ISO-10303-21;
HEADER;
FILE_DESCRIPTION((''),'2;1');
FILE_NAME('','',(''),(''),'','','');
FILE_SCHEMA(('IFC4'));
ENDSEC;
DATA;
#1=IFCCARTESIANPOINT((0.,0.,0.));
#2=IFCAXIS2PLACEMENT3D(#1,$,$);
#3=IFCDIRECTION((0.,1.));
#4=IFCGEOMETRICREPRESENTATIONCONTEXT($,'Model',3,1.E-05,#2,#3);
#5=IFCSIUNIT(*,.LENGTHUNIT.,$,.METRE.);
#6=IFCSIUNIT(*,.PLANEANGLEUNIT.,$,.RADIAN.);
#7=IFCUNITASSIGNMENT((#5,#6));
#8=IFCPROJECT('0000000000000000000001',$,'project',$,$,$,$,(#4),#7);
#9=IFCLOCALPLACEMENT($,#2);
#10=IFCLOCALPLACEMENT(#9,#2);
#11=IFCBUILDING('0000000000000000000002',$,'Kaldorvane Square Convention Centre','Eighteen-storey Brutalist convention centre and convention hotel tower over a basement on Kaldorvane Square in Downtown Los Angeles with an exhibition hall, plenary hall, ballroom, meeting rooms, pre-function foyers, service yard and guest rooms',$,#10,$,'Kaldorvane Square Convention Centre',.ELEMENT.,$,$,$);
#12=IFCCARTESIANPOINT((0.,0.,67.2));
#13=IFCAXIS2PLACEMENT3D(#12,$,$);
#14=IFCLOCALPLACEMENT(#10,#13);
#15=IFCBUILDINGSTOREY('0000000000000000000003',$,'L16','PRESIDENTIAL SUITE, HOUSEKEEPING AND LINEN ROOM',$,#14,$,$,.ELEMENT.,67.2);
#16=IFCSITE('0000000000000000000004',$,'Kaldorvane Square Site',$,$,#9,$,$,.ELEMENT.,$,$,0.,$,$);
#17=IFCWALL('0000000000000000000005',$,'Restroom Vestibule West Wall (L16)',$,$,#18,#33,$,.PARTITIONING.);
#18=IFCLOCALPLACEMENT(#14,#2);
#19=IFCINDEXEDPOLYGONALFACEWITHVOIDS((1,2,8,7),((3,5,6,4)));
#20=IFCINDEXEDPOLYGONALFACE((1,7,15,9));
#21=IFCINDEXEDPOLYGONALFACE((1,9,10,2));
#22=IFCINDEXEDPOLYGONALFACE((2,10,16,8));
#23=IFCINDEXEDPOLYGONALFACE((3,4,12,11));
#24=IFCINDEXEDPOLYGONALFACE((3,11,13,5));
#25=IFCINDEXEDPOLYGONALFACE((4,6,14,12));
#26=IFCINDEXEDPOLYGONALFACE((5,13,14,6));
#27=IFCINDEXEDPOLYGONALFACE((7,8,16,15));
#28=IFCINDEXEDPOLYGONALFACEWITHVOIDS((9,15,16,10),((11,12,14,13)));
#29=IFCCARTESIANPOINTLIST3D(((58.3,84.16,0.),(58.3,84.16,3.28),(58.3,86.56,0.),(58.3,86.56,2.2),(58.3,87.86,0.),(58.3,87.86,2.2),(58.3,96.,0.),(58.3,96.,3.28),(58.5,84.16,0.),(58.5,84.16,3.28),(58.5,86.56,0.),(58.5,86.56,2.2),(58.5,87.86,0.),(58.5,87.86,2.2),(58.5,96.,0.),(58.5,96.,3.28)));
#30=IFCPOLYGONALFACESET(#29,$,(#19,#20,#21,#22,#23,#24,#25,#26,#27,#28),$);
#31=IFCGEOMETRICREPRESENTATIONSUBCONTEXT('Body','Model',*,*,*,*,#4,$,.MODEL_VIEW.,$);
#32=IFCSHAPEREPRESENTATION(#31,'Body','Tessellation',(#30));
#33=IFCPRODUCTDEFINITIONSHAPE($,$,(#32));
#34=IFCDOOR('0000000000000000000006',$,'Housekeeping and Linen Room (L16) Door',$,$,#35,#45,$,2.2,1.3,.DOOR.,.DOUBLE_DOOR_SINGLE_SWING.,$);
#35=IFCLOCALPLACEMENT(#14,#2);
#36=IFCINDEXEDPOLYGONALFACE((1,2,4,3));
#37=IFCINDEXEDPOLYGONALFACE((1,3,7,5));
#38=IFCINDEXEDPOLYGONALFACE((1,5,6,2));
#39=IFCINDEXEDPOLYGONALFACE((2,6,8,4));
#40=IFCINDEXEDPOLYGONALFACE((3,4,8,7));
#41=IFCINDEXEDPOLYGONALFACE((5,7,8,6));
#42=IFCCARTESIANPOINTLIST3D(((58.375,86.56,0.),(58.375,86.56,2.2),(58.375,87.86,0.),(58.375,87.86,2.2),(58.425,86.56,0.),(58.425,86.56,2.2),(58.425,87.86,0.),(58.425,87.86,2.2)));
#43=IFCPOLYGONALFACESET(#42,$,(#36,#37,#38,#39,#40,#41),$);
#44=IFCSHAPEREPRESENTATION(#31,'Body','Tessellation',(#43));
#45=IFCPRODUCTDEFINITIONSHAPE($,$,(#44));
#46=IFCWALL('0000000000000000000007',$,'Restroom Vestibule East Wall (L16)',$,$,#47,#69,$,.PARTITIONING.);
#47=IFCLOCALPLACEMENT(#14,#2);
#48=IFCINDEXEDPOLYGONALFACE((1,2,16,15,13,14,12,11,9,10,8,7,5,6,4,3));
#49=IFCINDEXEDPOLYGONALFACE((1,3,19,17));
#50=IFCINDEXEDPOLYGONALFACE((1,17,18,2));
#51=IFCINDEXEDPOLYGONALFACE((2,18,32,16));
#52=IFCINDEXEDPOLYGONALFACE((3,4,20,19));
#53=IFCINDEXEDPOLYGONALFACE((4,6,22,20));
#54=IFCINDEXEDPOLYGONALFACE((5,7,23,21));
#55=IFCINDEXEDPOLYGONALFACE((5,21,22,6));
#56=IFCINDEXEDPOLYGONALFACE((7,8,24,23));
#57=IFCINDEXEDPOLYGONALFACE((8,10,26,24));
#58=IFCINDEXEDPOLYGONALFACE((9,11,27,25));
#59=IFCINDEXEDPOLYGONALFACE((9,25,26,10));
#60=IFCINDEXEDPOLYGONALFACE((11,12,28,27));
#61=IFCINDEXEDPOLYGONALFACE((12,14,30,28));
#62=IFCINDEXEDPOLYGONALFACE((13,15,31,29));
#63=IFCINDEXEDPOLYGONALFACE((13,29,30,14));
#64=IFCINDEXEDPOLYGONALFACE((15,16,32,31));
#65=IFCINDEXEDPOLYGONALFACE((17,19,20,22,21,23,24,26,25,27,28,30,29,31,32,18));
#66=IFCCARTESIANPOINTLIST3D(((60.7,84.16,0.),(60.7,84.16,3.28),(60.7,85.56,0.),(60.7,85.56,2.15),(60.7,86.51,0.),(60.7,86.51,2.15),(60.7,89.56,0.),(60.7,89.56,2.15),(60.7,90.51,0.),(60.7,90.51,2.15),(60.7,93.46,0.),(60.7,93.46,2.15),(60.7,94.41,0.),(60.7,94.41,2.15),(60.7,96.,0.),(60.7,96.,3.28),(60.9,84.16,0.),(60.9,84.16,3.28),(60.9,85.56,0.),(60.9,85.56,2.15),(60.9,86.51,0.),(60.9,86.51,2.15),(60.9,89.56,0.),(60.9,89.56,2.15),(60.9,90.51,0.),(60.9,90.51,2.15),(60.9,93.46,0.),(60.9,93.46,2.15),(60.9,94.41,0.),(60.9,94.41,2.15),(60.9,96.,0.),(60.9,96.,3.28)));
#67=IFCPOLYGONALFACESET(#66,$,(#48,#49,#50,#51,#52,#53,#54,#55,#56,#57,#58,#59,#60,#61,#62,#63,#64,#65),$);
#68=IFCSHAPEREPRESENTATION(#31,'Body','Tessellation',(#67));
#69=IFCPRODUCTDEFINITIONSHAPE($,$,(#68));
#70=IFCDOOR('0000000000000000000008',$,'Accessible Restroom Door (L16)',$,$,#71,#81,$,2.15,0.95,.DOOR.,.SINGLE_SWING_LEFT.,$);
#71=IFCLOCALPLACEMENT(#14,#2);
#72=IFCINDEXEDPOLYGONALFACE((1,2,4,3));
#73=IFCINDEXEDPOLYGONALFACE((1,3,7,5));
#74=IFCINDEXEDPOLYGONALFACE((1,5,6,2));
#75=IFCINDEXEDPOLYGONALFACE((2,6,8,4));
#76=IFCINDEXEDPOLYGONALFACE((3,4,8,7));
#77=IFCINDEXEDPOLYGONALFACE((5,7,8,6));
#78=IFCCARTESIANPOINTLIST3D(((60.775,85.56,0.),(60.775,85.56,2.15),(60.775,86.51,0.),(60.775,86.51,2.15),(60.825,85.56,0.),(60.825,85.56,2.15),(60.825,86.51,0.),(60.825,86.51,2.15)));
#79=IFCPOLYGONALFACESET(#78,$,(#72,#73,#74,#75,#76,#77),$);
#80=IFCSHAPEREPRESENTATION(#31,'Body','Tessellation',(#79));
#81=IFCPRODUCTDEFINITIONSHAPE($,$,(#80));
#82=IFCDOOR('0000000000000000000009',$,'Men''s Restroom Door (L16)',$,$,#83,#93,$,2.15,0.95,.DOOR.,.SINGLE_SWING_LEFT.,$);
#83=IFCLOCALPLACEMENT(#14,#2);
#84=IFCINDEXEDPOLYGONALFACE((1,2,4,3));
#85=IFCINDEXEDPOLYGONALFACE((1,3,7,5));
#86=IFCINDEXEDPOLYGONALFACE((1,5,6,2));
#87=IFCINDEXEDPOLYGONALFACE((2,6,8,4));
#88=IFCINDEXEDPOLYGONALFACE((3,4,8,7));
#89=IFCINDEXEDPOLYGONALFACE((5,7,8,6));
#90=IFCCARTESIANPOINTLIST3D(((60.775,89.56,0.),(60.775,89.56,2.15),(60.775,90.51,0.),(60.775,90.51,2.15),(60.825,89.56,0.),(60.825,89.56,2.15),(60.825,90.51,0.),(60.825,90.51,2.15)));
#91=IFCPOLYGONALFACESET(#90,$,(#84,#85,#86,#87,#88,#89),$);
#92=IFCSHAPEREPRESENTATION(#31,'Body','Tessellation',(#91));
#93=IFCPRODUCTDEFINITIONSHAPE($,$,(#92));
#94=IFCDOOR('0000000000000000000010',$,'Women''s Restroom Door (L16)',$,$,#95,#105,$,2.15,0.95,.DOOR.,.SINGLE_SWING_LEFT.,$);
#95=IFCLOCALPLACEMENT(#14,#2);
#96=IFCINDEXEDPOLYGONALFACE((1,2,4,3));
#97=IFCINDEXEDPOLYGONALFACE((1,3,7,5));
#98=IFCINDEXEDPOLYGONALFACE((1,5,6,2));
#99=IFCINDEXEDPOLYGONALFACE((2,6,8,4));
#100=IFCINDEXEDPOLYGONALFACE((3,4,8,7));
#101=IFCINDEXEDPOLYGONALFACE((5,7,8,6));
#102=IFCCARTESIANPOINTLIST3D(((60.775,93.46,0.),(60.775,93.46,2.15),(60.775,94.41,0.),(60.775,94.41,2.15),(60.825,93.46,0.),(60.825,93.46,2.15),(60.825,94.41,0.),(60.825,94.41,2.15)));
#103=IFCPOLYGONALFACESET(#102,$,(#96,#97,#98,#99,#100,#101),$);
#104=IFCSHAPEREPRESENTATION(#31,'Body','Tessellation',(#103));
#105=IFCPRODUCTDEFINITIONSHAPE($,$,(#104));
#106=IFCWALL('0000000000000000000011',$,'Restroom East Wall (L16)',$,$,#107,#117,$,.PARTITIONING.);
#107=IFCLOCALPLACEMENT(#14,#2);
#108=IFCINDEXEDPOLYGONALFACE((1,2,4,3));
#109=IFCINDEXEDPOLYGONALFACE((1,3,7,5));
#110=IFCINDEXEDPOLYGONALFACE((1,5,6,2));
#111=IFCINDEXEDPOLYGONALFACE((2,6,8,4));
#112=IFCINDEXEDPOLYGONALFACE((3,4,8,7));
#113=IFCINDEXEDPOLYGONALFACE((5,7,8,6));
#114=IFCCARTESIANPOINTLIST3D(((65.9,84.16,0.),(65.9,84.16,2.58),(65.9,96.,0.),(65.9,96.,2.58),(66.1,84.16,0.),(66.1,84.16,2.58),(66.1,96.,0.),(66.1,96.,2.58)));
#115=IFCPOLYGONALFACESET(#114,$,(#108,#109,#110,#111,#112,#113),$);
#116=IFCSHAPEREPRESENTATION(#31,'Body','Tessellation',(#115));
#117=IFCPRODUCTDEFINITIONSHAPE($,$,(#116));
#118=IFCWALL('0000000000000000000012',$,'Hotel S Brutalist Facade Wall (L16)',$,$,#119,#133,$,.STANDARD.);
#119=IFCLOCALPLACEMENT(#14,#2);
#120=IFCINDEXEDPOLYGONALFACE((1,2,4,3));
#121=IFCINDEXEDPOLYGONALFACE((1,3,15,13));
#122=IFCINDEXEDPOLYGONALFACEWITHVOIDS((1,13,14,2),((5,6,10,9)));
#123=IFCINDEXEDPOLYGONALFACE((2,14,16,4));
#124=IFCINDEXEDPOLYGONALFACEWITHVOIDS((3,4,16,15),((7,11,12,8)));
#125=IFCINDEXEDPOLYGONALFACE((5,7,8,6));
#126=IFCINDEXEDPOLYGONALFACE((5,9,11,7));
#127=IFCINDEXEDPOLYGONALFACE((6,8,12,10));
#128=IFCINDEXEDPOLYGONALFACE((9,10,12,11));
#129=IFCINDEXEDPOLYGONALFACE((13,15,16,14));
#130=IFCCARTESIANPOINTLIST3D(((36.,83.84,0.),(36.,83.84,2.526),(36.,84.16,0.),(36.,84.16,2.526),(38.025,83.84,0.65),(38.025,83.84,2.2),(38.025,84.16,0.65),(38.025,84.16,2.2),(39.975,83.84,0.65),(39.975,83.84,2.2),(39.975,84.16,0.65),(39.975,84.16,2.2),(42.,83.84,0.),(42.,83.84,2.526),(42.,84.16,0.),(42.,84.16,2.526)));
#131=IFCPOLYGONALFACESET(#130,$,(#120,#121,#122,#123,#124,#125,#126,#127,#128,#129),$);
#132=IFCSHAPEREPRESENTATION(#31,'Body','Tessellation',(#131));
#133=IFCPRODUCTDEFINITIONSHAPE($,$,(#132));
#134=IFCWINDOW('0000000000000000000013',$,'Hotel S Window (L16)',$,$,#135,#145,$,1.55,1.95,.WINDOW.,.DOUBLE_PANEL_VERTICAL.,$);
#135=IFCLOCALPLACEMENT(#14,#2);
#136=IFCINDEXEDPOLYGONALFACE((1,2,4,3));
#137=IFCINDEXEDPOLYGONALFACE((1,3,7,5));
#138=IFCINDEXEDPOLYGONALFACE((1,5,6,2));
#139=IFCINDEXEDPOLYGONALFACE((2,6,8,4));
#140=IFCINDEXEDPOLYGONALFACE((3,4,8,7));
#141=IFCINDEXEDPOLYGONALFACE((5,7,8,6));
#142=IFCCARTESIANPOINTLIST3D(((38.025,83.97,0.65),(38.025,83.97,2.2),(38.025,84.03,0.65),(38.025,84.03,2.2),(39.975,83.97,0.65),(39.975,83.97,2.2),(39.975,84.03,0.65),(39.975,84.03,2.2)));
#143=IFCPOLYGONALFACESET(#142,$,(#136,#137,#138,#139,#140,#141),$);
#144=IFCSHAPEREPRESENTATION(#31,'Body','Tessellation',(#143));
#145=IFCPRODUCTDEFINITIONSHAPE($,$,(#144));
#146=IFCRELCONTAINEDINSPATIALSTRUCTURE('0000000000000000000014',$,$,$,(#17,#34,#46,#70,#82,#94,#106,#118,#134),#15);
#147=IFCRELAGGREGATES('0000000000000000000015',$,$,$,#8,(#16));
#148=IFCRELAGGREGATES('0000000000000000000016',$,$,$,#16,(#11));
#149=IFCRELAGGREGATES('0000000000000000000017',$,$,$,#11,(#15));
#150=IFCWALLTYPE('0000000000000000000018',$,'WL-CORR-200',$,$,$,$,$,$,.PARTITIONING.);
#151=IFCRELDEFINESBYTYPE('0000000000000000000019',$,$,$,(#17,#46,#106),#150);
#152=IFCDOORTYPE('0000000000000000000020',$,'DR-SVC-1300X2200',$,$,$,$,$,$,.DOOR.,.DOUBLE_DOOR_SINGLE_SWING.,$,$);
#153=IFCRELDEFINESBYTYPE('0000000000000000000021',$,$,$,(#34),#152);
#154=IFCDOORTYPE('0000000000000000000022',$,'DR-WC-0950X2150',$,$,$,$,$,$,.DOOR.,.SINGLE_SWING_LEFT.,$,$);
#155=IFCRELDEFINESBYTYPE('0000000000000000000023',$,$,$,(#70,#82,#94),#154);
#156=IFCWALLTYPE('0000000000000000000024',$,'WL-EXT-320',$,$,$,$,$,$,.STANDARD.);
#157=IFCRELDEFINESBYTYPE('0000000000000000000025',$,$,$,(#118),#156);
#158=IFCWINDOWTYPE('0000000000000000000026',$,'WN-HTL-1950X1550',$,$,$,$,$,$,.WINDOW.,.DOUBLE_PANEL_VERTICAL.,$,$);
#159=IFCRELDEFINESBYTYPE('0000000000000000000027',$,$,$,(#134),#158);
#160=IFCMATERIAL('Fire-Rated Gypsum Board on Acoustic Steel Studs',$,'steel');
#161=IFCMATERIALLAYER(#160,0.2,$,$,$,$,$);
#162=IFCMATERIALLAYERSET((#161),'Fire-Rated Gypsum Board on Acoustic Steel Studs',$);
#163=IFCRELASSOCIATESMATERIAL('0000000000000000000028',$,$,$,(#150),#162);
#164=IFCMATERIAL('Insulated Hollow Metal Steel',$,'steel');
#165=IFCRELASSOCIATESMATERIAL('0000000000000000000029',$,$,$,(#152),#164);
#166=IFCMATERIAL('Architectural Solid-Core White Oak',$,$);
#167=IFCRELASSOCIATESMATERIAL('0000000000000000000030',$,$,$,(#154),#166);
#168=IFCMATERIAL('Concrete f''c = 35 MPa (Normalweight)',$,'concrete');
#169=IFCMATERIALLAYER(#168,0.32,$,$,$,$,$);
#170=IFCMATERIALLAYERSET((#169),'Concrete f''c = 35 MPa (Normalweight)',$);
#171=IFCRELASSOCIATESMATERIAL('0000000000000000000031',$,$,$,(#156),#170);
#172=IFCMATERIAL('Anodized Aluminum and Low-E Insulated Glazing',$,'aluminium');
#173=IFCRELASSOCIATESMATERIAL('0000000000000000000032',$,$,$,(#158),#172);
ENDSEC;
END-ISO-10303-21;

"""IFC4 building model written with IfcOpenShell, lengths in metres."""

from ifc_helpers import new_model, si_unit, direction, frame, frame_2d, origin, place, context, subcontext, project, spatial, rectangle, extrude, material, layer, layer_set, type_object, element, fill, save


model = new_model("IFC4")

# Units and contexts
model_context = context("Model", 3, precision=1e-05, world=origin(), true_north=direction((0.0, 1.0)))
body_context = subcontext(model_context, "Body", "Model", "MODEL_VIEW")
ifc_project = project(units=[si_unit("LENGTHUNIT", "METRE"), si_unit("PLANEANGLEUNIT", "RADIAN")], contexts=[model_context])

# Site, building, storey
site_placement = place(None, origin())
site = spatial("IfcSite", under=ifc_project, at=site_placement, Name="Kaldorvane Square Site", CompositionType="ELEMENT", RefElevation=0.0)
building_placement = place(site_placement, origin())
building = spatial("IfcBuilding", under=site, at=building_placement, Name="Kaldorvane Square Convention Centre", Description="Eighteen-storey Brutalist convention centre and convention hotel tower over a basement on Kaldorvane Square in Downtown Los Angeles with an exhibition hall, plenary hall, ballroom, meeting rooms, pre-function foyers, service yard and guest rooms", LongName="Kaldorvane Square Convention Centre", CompositionType="ELEMENT")
storey_placement = place(building_placement, frame((0.0, 0.0, 67.2)))
storey = spatial("IfcBuildingStorey", under=building, at=storey_placement, Name="L16", Description="PRESIDENTIAL SUITE, HOUSEKEEPING AND LINEN ROOM", CompositionType="ELEMENT", Elevation=67.2)

# Wall, opening, door
ifc_material_1 = material(Name="Fire-Rated Gypsum Board on Acoustic Steel Studs", Category="steel")
ifc_layer_1 = layer(ifc_material_1, 0.2)
ifc_layer_set_1 = layer_set([ifc_layer_1], Name="Fire-Rated Gypsum Board on Acoustic Steel Studs")
wall_type_1 = type_object("IfcWallType", Name="WL-CORR-200", PredefinedType="PARTITIONING", material=ifc_layer_set_1)
wall_1_placement = place(storey_placement, frame((58.4, 84.16, 0.0), z_axis=(0.0, 0.0, 1.0), x_axis=(0.0, 1.0, 0.0)))
wall_1 = element("IfcWall", 1, at=wall_1_placement, inside=storey, type_object=wall_type_1, Name="Restroom Vestibule West Wall (L16)", PredefinedType="PARTITIONING", context=body_context, shape_type="SweptSolid", body=[
    extrude(rectangle(XDim=11.84, YDim=0.2, at=frame_2d((5.92, 0.0))), origin(), (0.0, 0.0, 1.0), 3.28),
])
opening_1_placement = place(wall_1_placement, frame((2.4, 0.0, 0.0)))
opening_1 = element("IfcOpeningElement", 2, at=opening_1_placement, cuts=wall_1, PredefinedType="OPENING", context=body_context, shape_type="SweptSolid", body=[
    extrude(rectangle(XDim=1.3, YDim=2.2, at=frame_2d((0.65, 1.1))), frame((0.0, 0.115, 0.0), z_axis=(0.0, -1.0, 0.0), x_axis=(1.0, 0.0, 0.0)), (0.0, 0.0, 1.0), 0.23),
])
ifc_material_2 = material(Name="Insulated Hollow Metal Steel", Category="steel")
door_type_1 = type_object("IfcDoorType", Name="DR-SVC-1300X2200", OperationType="DOUBLE_DOOR_SINGLE_SWING", PredefinedType="DOOR", material=ifc_material_2)
door_1_placement = place(opening_1_placement, origin())
door_1 = element("IfcDoor", 3, at=door_1_placement, inside=storey, type_object=door_type_1, Name="Housekeeping and Linen Room (L16) Door", OperationType="DOUBLE_DOOR_SINGLE_SWING", OverallHeight=2.2, OverallWidth=1.3, PredefinedType="DOOR", context=body_context, shape_type="SweptSolid", body=[
    extrude(rectangle(XDim=1.3, YDim=2.2, at=frame_2d((0.65, 1.1))), frame((0.0, 0.025, 0.0), z_axis=(0.0, -1.0, 0.0), x_axis=(1.0, 0.0, 0.0)), (0.0, 0.0, 1.0), 0.05),
])
fill(opening_1, door_1)

# Wall, openings, doors
wall_2_placement = place(storey_placement, frame((60.8, 84.16, 0.0), z_axis=(0.0, 0.0, 1.0), x_axis=(0.0, 1.0, 0.0)))
wall_2 = element("IfcWall", 4, at=wall_2_placement, inside=storey, type_object=wall_type_1, Name="Restroom Vestibule East Wall (L16)", PredefinedType="PARTITIONING", context=body_context, shape_type="SweptSolid", body=[
    extrude(rectangle(XDim=11.84, YDim=0.2, at=frame_2d((5.92, 0.0))), origin(), (0.0, 0.0, 1.0), 3.28),
])
opening_2_placement = place(wall_2_placement, frame((1.4, 0.0, 0.0)))
opening_2 = element("IfcOpeningElement", 5, at=opening_2_placement, cuts=wall_2, PredefinedType="OPENING", context=body_context, shape_type="SweptSolid", body=[
    extrude(rectangle(XDim=0.95, YDim=2.15, at=frame_2d((0.475, 1.075))), frame((0.0, 0.115, 0.0), z_axis=(0.0, -1.0, 0.0), x_axis=(1.0, 0.0, 0.0)), (0.0, 0.0, 1.0), 0.23),
])
opening_3_placement = place(wall_2_placement, frame((5.4, 0.0, 0.0)))
opening_3 = element("IfcOpeningElement", 6, at=opening_3_placement, cuts=wall_2, PredefinedType="OPENING", context=body_context, shape_type="SweptSolid", body=[
    extrude(rectangle(XDim=0.95, YDim=2.15, at=frame_2d((0.475, 1.075))), frame((0.0, 0.115, 0.0), z_axis=(0.0, -1.0, 0.0), x_axis=(1.0, 0.0, 0.0)), (0.0, 0.0, 1.0), 0.23),
])
opening_4_placement = place(wall_2_placement, frame((9.3, 0.0, 0.0)))
opening_4 = element("IfcOpeningElement", 7, at=opening_4_placement, cuts=wall_2, PredefinedType="OPENING", context=body_context, shape_type="SweptSolid", body=[
    extrude(rectangle(XDim=0.95, YDim=2.15, at=frame_2d((0.475, 1.075))), frame((0.0, 0.115, 0.0), z_axis=(0.0, -1.0, 0.0), x_axis=(1.0, 0.0, 0.0)), (0.0, 0.0, 1.0), 0.23),
])
ifc_material_3 = material(Name="Architectural Solid-Core White Oak")
door_type_2 = type_object("IfcDoorType", Name="DR-WC-0950X2150", OperationType="SINGLE_SWING_LEFT", PredefinedType="DOOR", material=ifc_material_3)
door_2_placement = place(opening_2_placement, origin())
door_2 = element("IfcDoor", 8, at=door_2_placement, inside=storey, type_object=door_type_2, Name="Accessible Restroom Door (L16)", OperationType="SINGLE_SWING_LEFT", OverallHeight=2.15, OverallWidth=0.95, PredefinedType="DOOR", context=body_context, shape_type="SweptSolid", body=[
    extrude(rectangle(XDim=0.95, YDim=2.15, at=frame_2d((0.475, 1.075))), frame((0.0, 0.025, 0.0), z_axis=(0.0, -1.0, 0.0), x_axis=(1.0, 0.0, 0.0)), (0.0, 0.0, 1.0), 0.05),
])
fill(opening_2, door_2)
door_3_placement = place(opening_3_placement, origin())
door_3 = element("IfcDoor", 9, at=door_3_placement, inside=storey, type_object=door_type_2, Name="Men's Restroom Door (L16)", OperationType="SINGLE_SWING_LEFT", OverallHeight=2.15, OverallWidth=0.95, PredefinedType="DOOR", context=body_context, shape_type="SweptSolid", body=[
    extrude(rectangle(XDim=0.95, YDim=2.15, at=frame_2d((0.475, 1.075))), frame((0.0, 0.025, 0.0), z_axis=(0.0, -1.0, 0.0), x_axis=(1.0, 0.0, 0.0)), (0.0, 0.0, 1.0), 0.05),
])
fill(opening_3, door_3)
door_4_placement = place(opening_4_placement, origin())
door_4 = element("IfcDoor", 10, at=door_4_placement, inside=storey, type_object=door_type_2, Name="Women's Restroom Door (L16)", OperationType="SINGLE_SWING_LEFT", OverallHeight=2.15, OverallWidth=0.95, PredefinedType="DOOR", context=body_context, shape_type="SweptSolid", body=[
    extrude(rectangle(XDim=0.95, YDim=2.15, at=frame_2d((0.475, 1.075))), frame((0.0, 0.025, 0.0), z_axis=(0.0, -1.0, 0.0), x_axis=(1.0, 0.0, 0.0)), (0.0, 0.0, 1.0), 0.05),
])
fill(opening_4, door_4)

# Wall
wall_3_placement = place(storey_placement, frame((66.0, 84.16, 0.0), z_axis=(0.0, 0.0, 1.0), x_axis=(0.0, 1.0, 0.0)))
element("IfcWall", 11, at=wall_3_placement, inside=storey, type_object=wall_type_1, Name="Restroom East Wall (L16)", PredefinedType="PARTITIONING", context=body_context, shape_type="SweptSolid", body=[
    extrude(rectangle(XDim=11.84, YDim=0.2, at=frame_2d((5.92, 0.0))), origin(), (0.0, 0.0, 1.0), 2.58),
])

# Wall, opening, window
ifc_material_4 = material(Name="Concrete f'c = 35 MPa (Normalweight)", Category="concrete")
ifc_layer_2 = layer(ifc_material_4, 0.32)
ifc_layer_set_2 = layer_set([ifc_layer_2], Name="Concrete f'c = 35 MPa (Normalweight)")
wall_type_2 = type_object("IfcWallType", Name="WL-EXT-320", PredefinedType="STANDARD", material=ifc_layer_set_2)
wall_4_placement = place(storey_placement, frame((36.0, 84.0, 0.0), z_axis=(0.0, 0.0, 1.0), x_axis=(1.0, 0.0, 0.0)))
wall_4 = element("IfcWall", 12, at=wall_4_placement, inside=storey, type_object=wall_type_2, Name="Hotel S Brutalist Facade Wall (L16)", PredefinedType="STANDARD", context=body_context, shape_type="SweptSolid", body=[
    extrude(rectangle(XDim=6.0, YDim=0.32, at=frame_2d((3.0, 0.0))), origin(), (0.0, 0.0, 1.0), 2.526),
])
opening_5_placement = place(wall_4_placement, frame((2.025, 0.0, 0.65)))
opening_5 = element("IfcOpeningElement", 13, at=opening_5_placement, cuts=wall_4, PredefinedType="OPENING", context=body_context, shape_type="SweptSolid", body=[
    extrude(rectangle(XDim=1.95, YDim=1.55, at=frame_2d((0.975, 0.775))), frame((0.0, 0.175, 0.0), z_axis=(0.0, -1.0, 0.0), x_axis=(1.0, 0.0, 0.0)), (0.0, 0.0, 1.0), 0.35),
])
ifc_material_5 = material(Name="Anodized Aluminum and Low-E Insulated Glazing", Category="aluminium")
window_type_1 = type_object("IfcWindowType", Name="WN-HTL-1950X1550", PartitioningType="DOUBLE_PANEL_VERTICAL", PredefinedType="WINDOW", material=ifc_material_5)
window_1_placement = place(opening_5_placement, origin())
window_1 = element("IfcWindow", 14, at=window_1_placement, inside=storey, type_object=window_type_1, Name="Hotel S Window (L16)", OverallHeight=1.55, OverallWidth=1.95, PartitioningType="DOUBLE_PANEL_VERTICAL", PredefinedType="WINDOW", context=body_context, shape_type="SweptSolid", body=[
    extrude(rectangle(XDim=1.95, YDim=1.55, at=frame_2d((0.975, 0.775))), frame((0.0, 0.03, 0.0), z_axis=(0.0, -1.0, 0.0), x_axis=(1.0, 0.0, 0.0)), (0.0, 0.0, 1.0), 0.06),
])
fill(opening_5, window_1)

save(model, "model.ifc")
